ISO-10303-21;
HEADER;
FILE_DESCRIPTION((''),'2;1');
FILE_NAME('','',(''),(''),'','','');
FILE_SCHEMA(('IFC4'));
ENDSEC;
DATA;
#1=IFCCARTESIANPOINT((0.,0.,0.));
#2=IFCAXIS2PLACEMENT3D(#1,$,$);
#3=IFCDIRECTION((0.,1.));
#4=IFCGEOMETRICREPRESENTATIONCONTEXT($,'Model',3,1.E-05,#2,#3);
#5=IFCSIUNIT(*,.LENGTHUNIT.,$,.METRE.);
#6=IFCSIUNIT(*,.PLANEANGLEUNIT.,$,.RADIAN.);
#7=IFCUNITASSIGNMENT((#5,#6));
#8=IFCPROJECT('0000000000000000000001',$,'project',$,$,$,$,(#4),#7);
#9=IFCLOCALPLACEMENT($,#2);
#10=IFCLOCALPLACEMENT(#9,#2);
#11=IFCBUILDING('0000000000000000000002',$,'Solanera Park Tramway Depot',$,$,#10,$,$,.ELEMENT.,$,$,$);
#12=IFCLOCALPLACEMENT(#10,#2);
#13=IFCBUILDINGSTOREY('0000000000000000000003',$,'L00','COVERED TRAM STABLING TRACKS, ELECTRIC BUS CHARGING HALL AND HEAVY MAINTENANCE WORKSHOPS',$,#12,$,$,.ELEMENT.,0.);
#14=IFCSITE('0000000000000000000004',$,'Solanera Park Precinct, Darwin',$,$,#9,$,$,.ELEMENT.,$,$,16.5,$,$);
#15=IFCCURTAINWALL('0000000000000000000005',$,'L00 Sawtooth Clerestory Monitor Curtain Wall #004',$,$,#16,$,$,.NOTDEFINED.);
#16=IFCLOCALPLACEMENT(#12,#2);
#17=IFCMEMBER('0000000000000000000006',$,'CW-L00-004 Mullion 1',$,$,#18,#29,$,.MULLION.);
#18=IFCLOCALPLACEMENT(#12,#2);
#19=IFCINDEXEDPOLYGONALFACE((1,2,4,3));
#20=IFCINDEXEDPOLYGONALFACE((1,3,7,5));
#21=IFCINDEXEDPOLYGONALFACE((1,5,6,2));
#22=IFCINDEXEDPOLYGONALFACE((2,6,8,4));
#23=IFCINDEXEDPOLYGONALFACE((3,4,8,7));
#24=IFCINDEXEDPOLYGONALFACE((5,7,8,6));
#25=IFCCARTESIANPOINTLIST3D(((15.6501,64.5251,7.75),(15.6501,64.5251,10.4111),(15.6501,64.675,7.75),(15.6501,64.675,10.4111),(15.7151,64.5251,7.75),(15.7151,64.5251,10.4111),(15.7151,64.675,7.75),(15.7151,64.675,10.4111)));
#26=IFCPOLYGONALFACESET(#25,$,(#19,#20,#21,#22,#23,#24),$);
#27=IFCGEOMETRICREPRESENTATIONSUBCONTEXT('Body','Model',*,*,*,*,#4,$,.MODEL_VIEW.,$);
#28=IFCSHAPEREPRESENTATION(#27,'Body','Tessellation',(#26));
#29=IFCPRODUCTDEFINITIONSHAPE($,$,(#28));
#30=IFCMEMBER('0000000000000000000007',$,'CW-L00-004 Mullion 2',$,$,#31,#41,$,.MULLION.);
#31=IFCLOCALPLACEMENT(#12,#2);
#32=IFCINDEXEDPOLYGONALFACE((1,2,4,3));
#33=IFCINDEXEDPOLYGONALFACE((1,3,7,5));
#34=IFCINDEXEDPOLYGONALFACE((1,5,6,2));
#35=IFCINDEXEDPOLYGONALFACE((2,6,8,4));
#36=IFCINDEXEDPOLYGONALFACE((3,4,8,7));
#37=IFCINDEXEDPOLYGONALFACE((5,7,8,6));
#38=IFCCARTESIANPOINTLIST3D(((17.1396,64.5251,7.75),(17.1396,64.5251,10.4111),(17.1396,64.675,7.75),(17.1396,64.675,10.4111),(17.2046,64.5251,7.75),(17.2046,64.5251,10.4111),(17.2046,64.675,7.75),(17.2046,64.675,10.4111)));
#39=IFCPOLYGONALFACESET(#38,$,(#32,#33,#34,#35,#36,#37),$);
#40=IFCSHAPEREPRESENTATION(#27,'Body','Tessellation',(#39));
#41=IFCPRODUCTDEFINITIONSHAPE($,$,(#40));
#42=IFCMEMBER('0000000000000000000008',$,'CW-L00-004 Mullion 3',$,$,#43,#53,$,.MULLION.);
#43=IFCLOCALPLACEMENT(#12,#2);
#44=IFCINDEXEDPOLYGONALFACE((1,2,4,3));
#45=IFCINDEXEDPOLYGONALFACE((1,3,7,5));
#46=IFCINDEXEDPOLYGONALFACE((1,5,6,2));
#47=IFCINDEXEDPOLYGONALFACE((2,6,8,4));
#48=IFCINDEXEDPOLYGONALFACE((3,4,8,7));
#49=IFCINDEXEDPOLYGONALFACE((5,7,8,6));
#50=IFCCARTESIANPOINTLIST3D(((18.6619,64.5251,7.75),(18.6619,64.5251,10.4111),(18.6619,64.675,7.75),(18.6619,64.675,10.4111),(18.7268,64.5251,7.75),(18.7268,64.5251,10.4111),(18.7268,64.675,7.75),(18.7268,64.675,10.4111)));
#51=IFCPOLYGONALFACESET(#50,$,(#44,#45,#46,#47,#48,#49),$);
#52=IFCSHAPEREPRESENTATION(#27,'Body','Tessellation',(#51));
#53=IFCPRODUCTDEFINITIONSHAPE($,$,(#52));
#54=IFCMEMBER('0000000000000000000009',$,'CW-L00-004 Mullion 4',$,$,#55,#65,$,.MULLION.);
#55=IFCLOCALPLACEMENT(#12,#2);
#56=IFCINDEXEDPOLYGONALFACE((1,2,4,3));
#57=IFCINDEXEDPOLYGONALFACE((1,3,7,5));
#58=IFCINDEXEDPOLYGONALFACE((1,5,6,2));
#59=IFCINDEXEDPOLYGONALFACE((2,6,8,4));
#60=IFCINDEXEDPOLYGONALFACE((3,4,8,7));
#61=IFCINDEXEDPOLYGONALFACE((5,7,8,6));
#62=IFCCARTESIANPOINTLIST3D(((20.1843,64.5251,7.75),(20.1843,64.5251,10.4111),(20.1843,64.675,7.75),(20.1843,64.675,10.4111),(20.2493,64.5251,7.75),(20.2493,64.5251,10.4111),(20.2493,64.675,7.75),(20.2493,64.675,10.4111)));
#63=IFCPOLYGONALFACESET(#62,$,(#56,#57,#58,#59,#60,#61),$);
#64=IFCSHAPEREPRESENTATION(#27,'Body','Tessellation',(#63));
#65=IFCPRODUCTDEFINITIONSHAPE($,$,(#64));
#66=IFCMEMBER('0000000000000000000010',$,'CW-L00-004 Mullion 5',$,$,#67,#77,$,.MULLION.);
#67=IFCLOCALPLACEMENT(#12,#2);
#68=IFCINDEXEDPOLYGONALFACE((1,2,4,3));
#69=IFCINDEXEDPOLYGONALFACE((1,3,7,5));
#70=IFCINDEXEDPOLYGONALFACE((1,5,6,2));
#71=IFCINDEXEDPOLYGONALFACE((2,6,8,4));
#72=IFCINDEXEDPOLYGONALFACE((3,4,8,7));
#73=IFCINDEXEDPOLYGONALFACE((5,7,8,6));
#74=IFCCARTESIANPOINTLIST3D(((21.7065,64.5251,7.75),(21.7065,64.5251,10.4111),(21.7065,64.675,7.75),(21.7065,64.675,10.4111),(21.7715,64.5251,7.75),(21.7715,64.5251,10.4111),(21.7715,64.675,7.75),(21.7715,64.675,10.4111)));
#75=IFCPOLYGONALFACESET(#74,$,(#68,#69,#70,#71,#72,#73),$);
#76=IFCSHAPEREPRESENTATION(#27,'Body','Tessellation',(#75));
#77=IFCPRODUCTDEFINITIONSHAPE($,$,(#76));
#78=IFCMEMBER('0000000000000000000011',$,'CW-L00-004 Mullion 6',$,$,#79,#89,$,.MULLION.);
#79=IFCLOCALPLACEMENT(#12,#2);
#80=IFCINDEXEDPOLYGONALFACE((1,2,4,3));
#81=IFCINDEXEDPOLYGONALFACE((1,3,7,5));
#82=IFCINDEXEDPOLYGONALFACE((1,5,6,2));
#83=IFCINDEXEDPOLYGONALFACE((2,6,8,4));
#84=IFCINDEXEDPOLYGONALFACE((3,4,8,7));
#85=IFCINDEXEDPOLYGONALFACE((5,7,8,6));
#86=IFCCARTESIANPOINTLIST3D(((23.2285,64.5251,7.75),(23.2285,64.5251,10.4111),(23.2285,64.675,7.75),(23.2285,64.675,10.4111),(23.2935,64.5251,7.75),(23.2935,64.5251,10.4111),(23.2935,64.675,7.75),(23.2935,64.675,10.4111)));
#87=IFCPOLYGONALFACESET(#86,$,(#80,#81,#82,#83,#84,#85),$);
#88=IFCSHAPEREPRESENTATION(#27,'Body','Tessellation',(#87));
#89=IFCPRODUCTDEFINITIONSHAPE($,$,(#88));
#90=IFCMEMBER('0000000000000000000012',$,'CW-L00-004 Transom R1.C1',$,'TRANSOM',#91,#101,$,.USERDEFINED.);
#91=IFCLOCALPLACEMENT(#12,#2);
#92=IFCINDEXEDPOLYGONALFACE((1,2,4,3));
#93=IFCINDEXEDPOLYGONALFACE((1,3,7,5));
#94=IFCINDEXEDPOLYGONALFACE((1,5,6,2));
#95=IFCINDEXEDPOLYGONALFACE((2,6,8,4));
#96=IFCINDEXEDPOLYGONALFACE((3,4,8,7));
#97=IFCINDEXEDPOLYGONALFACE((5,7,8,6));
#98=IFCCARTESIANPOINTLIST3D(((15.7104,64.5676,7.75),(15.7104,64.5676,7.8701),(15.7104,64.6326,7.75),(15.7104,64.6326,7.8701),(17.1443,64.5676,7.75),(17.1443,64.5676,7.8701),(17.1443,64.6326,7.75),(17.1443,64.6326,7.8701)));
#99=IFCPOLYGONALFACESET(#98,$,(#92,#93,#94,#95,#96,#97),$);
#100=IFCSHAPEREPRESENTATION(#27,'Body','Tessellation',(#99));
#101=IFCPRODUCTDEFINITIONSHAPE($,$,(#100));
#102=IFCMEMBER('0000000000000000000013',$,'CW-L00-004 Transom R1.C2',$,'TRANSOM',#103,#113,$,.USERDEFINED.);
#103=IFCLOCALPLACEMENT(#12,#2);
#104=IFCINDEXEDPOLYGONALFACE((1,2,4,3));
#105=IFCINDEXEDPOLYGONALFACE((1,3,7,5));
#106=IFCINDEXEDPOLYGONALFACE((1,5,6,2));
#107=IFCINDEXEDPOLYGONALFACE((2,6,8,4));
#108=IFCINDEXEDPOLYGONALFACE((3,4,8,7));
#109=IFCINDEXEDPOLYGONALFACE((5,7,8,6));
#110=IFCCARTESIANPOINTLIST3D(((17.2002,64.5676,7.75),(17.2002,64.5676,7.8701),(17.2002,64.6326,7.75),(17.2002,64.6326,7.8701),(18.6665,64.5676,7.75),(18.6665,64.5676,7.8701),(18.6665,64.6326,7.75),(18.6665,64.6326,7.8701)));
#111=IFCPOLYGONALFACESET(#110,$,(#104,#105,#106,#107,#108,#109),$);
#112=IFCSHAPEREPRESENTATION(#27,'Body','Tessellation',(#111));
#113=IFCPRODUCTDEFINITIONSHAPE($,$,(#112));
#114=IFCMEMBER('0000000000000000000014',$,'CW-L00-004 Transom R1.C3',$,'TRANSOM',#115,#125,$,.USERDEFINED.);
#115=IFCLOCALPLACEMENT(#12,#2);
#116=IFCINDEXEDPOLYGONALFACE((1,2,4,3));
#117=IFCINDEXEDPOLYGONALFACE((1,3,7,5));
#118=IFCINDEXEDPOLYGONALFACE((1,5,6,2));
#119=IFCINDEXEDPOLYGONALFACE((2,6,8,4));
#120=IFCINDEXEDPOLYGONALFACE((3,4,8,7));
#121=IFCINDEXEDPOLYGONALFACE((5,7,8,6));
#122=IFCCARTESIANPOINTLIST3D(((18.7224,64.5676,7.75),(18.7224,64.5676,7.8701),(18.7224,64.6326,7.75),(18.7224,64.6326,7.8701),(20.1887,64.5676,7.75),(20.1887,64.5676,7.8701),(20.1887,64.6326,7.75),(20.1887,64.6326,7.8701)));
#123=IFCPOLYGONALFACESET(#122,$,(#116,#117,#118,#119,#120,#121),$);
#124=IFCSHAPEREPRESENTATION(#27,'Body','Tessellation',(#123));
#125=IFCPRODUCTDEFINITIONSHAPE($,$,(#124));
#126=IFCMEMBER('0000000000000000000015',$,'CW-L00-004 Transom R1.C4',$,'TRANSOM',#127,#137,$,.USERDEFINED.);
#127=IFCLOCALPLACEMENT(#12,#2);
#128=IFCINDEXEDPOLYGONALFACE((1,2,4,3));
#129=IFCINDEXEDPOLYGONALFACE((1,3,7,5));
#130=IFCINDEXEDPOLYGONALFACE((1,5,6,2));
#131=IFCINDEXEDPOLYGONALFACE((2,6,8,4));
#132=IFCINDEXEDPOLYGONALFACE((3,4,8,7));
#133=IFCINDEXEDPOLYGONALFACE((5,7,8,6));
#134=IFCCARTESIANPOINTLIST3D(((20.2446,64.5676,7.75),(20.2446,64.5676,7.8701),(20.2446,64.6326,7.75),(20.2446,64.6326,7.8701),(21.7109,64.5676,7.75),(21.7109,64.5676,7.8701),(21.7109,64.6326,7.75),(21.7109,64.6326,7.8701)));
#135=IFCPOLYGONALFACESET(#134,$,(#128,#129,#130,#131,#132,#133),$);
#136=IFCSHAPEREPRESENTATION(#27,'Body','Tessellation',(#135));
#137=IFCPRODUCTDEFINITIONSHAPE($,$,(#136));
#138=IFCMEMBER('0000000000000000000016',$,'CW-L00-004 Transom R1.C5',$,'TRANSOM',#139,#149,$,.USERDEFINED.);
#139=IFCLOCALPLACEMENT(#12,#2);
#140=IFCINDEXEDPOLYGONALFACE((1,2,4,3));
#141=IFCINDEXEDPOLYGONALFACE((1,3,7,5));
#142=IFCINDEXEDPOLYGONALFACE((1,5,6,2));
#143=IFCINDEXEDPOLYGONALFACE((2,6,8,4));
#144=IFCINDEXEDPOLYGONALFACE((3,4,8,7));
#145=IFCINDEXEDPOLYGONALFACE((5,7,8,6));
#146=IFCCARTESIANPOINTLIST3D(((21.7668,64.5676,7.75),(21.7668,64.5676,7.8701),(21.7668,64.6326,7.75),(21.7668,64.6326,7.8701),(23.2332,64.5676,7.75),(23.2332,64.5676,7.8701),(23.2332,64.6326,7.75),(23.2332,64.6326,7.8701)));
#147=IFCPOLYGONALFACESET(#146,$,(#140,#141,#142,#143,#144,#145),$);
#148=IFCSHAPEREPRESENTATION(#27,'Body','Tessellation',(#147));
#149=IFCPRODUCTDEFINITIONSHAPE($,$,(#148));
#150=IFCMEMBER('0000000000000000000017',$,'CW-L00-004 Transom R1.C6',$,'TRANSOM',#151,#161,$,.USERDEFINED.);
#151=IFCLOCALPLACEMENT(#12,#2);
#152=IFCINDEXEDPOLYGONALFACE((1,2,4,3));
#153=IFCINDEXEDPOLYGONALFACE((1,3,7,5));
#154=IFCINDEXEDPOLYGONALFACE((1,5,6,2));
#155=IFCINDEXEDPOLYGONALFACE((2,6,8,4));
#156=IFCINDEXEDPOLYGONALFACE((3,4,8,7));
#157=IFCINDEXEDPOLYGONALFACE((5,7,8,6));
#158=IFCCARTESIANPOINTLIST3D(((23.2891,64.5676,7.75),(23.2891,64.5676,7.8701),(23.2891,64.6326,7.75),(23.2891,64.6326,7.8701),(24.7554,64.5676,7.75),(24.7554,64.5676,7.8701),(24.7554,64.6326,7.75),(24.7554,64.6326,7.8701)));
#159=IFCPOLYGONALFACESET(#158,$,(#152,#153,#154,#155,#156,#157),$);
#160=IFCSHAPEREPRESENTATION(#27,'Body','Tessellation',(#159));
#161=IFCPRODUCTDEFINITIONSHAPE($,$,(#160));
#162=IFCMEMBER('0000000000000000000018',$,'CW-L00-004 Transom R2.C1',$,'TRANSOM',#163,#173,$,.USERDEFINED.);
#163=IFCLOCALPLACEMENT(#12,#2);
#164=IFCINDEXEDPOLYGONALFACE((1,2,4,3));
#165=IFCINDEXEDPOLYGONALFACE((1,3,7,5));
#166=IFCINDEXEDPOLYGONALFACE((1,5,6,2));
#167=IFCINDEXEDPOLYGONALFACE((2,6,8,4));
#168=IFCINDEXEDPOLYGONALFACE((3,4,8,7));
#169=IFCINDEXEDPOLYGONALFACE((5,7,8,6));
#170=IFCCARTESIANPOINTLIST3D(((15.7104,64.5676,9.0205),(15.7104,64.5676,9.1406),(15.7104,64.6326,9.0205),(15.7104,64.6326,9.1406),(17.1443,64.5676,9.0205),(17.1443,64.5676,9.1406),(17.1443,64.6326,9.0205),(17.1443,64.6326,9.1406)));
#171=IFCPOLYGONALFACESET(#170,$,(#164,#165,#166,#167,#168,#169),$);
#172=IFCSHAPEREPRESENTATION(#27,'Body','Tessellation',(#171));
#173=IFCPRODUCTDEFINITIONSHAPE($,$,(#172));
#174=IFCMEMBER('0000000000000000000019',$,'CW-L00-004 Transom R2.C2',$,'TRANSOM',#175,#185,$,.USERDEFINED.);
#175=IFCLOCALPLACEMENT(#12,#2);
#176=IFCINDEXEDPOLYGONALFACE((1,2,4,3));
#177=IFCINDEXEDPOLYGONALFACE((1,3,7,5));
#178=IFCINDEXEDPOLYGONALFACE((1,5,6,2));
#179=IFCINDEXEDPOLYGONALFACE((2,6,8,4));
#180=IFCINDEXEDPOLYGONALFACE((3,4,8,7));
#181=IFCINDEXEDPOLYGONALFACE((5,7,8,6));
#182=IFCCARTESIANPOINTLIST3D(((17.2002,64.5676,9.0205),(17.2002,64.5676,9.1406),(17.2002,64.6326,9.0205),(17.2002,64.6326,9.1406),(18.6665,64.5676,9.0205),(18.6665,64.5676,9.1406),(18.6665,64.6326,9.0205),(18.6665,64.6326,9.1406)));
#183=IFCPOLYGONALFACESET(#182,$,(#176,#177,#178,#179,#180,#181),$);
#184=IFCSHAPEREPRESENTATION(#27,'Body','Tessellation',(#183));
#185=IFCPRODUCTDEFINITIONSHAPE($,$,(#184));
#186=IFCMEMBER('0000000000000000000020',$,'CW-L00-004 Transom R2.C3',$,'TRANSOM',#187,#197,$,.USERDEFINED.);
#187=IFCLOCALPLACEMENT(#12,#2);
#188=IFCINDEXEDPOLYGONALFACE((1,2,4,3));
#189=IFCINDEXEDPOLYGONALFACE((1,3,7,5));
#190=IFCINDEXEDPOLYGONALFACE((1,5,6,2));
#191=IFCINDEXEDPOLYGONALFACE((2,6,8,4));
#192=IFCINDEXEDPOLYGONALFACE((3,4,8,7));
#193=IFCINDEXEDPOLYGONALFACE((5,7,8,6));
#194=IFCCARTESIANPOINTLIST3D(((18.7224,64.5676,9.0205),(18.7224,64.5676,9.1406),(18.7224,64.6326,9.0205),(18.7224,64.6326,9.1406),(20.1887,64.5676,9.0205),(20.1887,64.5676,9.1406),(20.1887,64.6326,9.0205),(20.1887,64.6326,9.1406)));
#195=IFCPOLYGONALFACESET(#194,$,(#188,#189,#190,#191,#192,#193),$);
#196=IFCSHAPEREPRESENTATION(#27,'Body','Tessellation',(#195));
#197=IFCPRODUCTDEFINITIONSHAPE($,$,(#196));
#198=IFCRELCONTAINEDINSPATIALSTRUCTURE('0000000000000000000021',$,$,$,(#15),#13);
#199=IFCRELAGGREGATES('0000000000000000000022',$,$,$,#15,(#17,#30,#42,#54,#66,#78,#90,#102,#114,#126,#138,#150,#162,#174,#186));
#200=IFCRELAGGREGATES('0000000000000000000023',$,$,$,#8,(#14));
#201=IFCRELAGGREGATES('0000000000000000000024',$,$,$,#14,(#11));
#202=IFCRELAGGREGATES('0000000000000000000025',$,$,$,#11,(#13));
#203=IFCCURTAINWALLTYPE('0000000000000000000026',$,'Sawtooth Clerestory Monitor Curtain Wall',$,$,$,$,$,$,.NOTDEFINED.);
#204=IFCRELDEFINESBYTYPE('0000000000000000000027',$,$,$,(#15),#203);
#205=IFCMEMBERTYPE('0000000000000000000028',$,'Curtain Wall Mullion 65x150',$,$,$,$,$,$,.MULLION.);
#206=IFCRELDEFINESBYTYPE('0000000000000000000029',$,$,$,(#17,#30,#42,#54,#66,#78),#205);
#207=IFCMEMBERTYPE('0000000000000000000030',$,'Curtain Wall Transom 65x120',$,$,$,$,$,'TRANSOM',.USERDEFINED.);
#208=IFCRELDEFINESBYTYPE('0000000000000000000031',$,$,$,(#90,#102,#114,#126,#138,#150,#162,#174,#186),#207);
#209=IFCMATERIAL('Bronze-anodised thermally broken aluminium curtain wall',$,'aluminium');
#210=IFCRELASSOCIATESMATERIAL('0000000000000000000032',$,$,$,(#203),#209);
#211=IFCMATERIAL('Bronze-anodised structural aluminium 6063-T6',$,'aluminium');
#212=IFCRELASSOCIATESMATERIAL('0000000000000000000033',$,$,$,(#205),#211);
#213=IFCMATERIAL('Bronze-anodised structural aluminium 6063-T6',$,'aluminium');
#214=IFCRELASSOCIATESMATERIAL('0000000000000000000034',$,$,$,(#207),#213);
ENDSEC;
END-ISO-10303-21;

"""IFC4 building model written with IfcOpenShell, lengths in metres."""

from ifc_helpers import new_model, si_unit, direction, frame, origin, origin_2d, place, context, subcontext, project, spatial, rectangle, extrude, material, material_profile, profile_set, type_object, element, aggregate, save


model = new_model("IFC4")

# Units and contexts
model_context = context("Model", 3, precision=1e-05, world=origin(), true_north=direction((0.0, 1.0)))
body_context = subcontext(model_context, "Body", "Model", "MODEL_VIEW")
ifc_project = project(units=[si_unit("LENGTHUNIT", "METRE"), si_unit("PLANEANGLEUNIT", "RADIAN")], contexts=[model_context])

# Site, building, storey
site_placement = place(None, origin())
site = spatial("IfcSite", under=ifc_project, at=site_placement, Name="Solanera Park Precinct, Darwin", CompositionType="ELEMENT", RefElevation=16.5)
building_placement = place(site_placement, origin())
building = spatial("IfcBuilding", under=site, at=building_placement, Name="Solanera Park Tramway Depot", CompositionType="ELEMENT")
storey_placement = place(building_placement, origin())
storey = spatial("IfcBuildingStorey", under=building, at=storey_placement, Name="L00", Description="COVERED TRAM STABLING TRACKS, ELECTRIC BUS CHARGING HALL AND HEAVY MAINTENANCE WORKSHOPS", CompositionType="ELEMENT", Elevation=0.0)

# Curtain wall, members
ifc_material_1 = material(Name="Bronze-anodised thermally broken aluminium curtain wall", Category="aluminium")
curtain_wall_type = type_object("IfcCurtainWallType", Name="Sawtooth Clerestory Monitor Curtain Wall", PredefinedType="NOTDEFINED", material=ifc_material_1)
curtain_wall_placement = place(storey_placement, origin())
curtain_wall = element("IfcCurtainWall", 1, at=curtain_wall_placement, inside=storey, type_object=curtain_wall_type, Name="L00 Sawtooth Clerestory Monitor Curtain Wall #004", PredefinedType="NOTDEFINED")
ifc_material_2 = material(Name="Bronze-anodised structural aluminium 6063-T6", Category="aluminium")
ifc_material_profile_1 = material_profile(ifc_material_2, rectangle(XDim=0.0649, YDim=0.1499, at=origin_2d()), Name="Curtain Wall Mullion 65x150")
ifc_profile_set_1 = profile_set([ifc_material_profile_1], Name="Bronze-anodised structural aluminium 6063-T6")
member_type_1 = type_object("IfcMemberType", Name="Curtain Wall Mullion 65x150", PredefinedType="MULLION", material=ifc_profile_set_1)
member_1_placement = place(storey_placement, frame((15.6826, 64.6001, 7.75), z_axis=(0.0, 0.0, 1.0), x_axis=(1.0, 0.0, 0.0)))
member_1 = element("IfcMember", 2, at=member_1_placement, type_object=member_type_1, Name="CW-L00-004 Mullion 1", PredefinedType="MULLION", context=body_context, shape_type="SweptSolid", body=[
    extrude(rectangle(XDim=0.0649, YDim=0.1499, at=origin_2d()), origin(), (0.0, 0.0, 1.0), 2.6611),
])
member_2_placement = place(storey_placement, frame((17.1721, 64.6001, 7.75), z_axis=(0.0, 0.0, 1.0), x_axis=(1.0, 0.0, 0.0)))
member_2 = element("IfcMember", 3, at=member_2_placement, type_object=member_type_1, Name="CW-L00-004 Mullion 2", PredefinedType="MULLION", context=body_context, shape_type="SweptSolid", body=[
    extrude(rectangle(XDim=0.0649, YDim=0.1499, at=origin_2d()), origin(), (0.0, 0.0, 1.0), 2.6611),
])
member_3_placement = place(storey_placement, frame((18.6943, 64.6001, 7.75), z_axis=(0.0, 0.0, 1.0), x_axis=(1.0, 0.0, 0.0)))
member_3 = element("IfcMember", 4, at=member_3_placement, type_object=member_type_1, Name="CW-L00-004 Mullion 3", PredefinedType="MULLION", context=body_context, shape_type="SweptSolid", body=[
    extrude(rectangle(XDim=0.0649, YDim=0.1499, at=origin_2d()), origin(), (0.0, 0.0, 1.0), 2.6611),
])
member_4_placement = place(storey_placement, frame((20.2168, 64.6001, 7.75), z_axis=(0.0, 0.0, 1.0), x_axis=(1.0, 0.0, 0.0)))
member_4 = element("IfcMember", 5, at=member_4_placement, type_object=member_type_1, Name="CW-L00-004 Mullion 4", PredefinedType="MULLION", context=body_context, shape_type="SweptSolid", body=[
    extrude(rectangle(XDim=0.0649, YDim=0.1499, at=origin_2d()), origin(), (0.0, 0.0, 1.0), 2.6611),
])
member_5_placement = place(storey_placement, frame((21.739, 64.6001, 7.75), z_axis=(0.0, 0.0, 1.0), x_axis=(1.0, 0.0, 0.0)))
member_5 = element("IfcMember", 6, at=member_5_placement, type_object=member_type_1, Name="CW-L00-004 Mullion 5", PredefinedType="MULLION", context=body_context, shape_type="SweptSolid", body=[
    extrude(rectangle(XDim=0.0649, YDim=0.1499, at=origin_2d()), origin(), (0.0, 0.0, 1.0), 2.6611),
])
member_6_placement = place(storey_placement, frame((23.261, 64.6001, 7.75), z_axis=(0.0, 0.0, 1.0), x_axis=(1.0, 0.0, 0.0)))
member_6 = element("IfcMember", 7, at=member_6_placement, type_object=member_type_1, Name="CW-L00-004 Mullion 6", PredefinedType="MULLION", context=body_context, shape_type="SweptSolid", body=[
    extrude(rectangle(XDim=0.0649, YDim=0.1499, at=origin_2d()), origin(), (0.0, 0.0, 1.0), 2.6611),
])
ifc_material_3 = material(Name="Bronze-anodised structural aluminium 6063-T6", Category="aluminium")
ifc_material_profile_2 = material_profile(ifc_material_3, rectangle(XDim=0.0649, YDim=0.1201, at=origin_2d()), Name="Curtain Wall Transom 65x120")
ifc_profile_set_2 = profile_set([ifc_material_profile_2], Name="Bronze-anodised structural aluminium 6063-T6")
member_type_2 = type_object("IfcMemberType", Name="Curtain Wall Transom 65x120", ElementType="TRANSOM", PredefinedType="USERDEFINED", material=ifc_profile_set_2)
member_7_placement = place(storey_placement, frame((15.7104, 64.6001, 7.8101), z_axis=(1.0, 0.0, 0.0), x_axis=(0.0, 1.0, 0.0)))
member_7 = element("IfcMember", 8, at=member_7_placement, type_object=member_type_2, Name="CW-L00-004 Transom R1.C1", ObjectType="TRANSOM", PredefinedType="USERDEFINED", context=body_context, shape_type="SweptSolid", body=[
    extrude(rectangle(XDim=0.0649, YDim=0.1201, at=origin_2d()), origin(), (0.0, 0.0, 1.0), 1.4338),
])
member_8_placement = place(storey_placement, frame((17.2002, 64.6001, 7.8101), z_axis=(1.0, 0.0, 0.0), x_axis=(0.0, 1.0, 0.0)))
member_8 = element("IfcMember", 9, at=member_8_placement, type_object=member_type_2, Name="CW-L00-004 Transom R1.C2", ObjectType="TRANSOM", PredefinedType="USERDEFINED", context=body_context, shape_type="SweptSolid", body=[
    extrude(rectangle(XDim=0.0649, YDim=0.1201, at=origin_2d()), origin(), (0.0, 0.0, 1.0), 1.4663),
])
member_9_placement = place(storey_placement, frame((18.7224, 64.6001, 7.8101), z_axis=(1.0, 0.0, 0.0), x_axis=(0.0, 1.0, 0.0)))
member_9 = element("IfcMember", 10, at=member_9_placement, type_object=member_type_2, Name="CW-L00-004 Transom R1.C3", ObjectType="TRANSOM", PredefinedType="USERDEFINED", context=body_context, shape_type="SweptSolid", body=[
    extrude(rectangle(XDim=0.0649, YDim=0.1201, at=origin_2d()), origin(), (0.0, 0.0, 1.0), 1.4663),
])
member_10_placement = place(storey_placement, frame((20.2446, 64.6001, 7.8101), z_axis=(1.0, 0.0, 0.0), x_axis=(0.0, 1.0, 0.0)))
member_10 = element("IfcMember", 11, at=member_10_placement, type_object=member_type_2, Name="CW-L00-004 Transom R1.C4", ObjectType="TRANSOM", PredefinedType="USERDEFINED", context=body_context, shape_type="SweptSolid", body=[
    extrude(rectangle(XDim=0.0649, YDim=0.1201, at=origin_2d()), origin(), (0.0, 0.0, 1.0), 1.4663),
])
member_11_placement = place(storey_placement, frame((21.7668, 64.6001, 7.8101), z_axis=(1.0, 0.0, 0.0), x_axis=(0.0, 1.0, 0.0)))
member_11 = element("IfcMember", 12, at=member_11_placement, type_object=member_type_2, Name="CW-L00-004 Transom R1.C5", ObjectType="TRANSOM", PredefinedType="USERDEFINED", context=body_context, shape_type="SweptSolid", body=[
    extrude(rectangle(XDim=0.0649, YDim=0.1201, at=origin_2d()), origin(), (0.0, 0.0, 1.0), 1.4663),
])
member_12_placement = place(storey_placement, frame((23.2891, 64.6001, 7.8101), z_axis=(1.0, 0.0, 0.0), x_axis=(0.0, 1.0, 0.0)))
member_12 = element("IfcMember", 13, at=member_12_placement, type_object=member_type_2, Name="CW-L00-004 Transom R1.C6", ObjectType="TRANSOM", PredefinedType="USERDEFINED", context=body_context, shape_type="SweptSolid", body=[
    extrude(rectangle(XDim=0.0649, YDim=0.1201, at=origin_2d()), origin(), (0.0, 0.0, 1.0), 1.4663),
])
member_13_placement = place(storey_placement, frame((15.7104, 64.6001, 9.0806), z_axis=(1.0, 0.0, 0.0), x_axis=(0.0, 1.0, 0.0)))
member_13 = element("IfcMember", 14, at=member_13_placement, type_object=member_type_2, Name="CW-L00-004 Transom R2.C1", ObjectType="TRANSOM", PredefinedType="USERDEFINED", context=body_context, shape_type="SweptSolid", body=[
    extrude(rectangle(XDim=0.0649, YDim=0.1201, at=origin_2d()), origin(), (0.0, 0.0, 1.0), 1.4338),
])
member_14_placement = place(storey_placement, frame((17.2002, 64.6001, 9.0806), z_axis=(1.0, 0.0, 0.0), x_axis=(0.0, 1.0, 0.0)))
member_14 = element("IfcMember", 15, at=member_14_placement, type_object=member_type_2, Name="CW-L00-004 Transom R2.C2", ObjectType="TRANSOM", PredefinedType="USERDEFINED", context=body_context, shape_type="SweptSolid", body=[
    extrude(rectangle(XDim=0.0649, YDim=0.1201, at=origin_2d()), origin(), (0.0, 0.0, 1.0), 1.4663),
])
member_15_placement = place(storey_placement, frame((18.7224, 64.6001, 9.0806), z_axis=(1.0, 0.0, 0.0), x_axis=(0.0, 1.0, 0.0)))
member_15 = element("IfcMember", 16, at=member_15_placement, type_object=member_type_2, Name="CW-L00-004 Transom R2.C3", ObjectType="TRANSOM", PredefinedType="USERDEFINED", context=body_context, shape_type="SweptSolid", body=[
    extrude(rectangle(XDim=0.0649, YDim=0.1201, at=origin_2d()), origin(), (0.0, 0.0, 1.0), 1.4663),
])
aggregate(curtain_wall, [member_1, member_2, member_3, member_4, member_5, member_6, member_7, member_8, member_9, member_10, member_11, member_12, member_13, member_14, member_15])

save(model, "model.ifc")
